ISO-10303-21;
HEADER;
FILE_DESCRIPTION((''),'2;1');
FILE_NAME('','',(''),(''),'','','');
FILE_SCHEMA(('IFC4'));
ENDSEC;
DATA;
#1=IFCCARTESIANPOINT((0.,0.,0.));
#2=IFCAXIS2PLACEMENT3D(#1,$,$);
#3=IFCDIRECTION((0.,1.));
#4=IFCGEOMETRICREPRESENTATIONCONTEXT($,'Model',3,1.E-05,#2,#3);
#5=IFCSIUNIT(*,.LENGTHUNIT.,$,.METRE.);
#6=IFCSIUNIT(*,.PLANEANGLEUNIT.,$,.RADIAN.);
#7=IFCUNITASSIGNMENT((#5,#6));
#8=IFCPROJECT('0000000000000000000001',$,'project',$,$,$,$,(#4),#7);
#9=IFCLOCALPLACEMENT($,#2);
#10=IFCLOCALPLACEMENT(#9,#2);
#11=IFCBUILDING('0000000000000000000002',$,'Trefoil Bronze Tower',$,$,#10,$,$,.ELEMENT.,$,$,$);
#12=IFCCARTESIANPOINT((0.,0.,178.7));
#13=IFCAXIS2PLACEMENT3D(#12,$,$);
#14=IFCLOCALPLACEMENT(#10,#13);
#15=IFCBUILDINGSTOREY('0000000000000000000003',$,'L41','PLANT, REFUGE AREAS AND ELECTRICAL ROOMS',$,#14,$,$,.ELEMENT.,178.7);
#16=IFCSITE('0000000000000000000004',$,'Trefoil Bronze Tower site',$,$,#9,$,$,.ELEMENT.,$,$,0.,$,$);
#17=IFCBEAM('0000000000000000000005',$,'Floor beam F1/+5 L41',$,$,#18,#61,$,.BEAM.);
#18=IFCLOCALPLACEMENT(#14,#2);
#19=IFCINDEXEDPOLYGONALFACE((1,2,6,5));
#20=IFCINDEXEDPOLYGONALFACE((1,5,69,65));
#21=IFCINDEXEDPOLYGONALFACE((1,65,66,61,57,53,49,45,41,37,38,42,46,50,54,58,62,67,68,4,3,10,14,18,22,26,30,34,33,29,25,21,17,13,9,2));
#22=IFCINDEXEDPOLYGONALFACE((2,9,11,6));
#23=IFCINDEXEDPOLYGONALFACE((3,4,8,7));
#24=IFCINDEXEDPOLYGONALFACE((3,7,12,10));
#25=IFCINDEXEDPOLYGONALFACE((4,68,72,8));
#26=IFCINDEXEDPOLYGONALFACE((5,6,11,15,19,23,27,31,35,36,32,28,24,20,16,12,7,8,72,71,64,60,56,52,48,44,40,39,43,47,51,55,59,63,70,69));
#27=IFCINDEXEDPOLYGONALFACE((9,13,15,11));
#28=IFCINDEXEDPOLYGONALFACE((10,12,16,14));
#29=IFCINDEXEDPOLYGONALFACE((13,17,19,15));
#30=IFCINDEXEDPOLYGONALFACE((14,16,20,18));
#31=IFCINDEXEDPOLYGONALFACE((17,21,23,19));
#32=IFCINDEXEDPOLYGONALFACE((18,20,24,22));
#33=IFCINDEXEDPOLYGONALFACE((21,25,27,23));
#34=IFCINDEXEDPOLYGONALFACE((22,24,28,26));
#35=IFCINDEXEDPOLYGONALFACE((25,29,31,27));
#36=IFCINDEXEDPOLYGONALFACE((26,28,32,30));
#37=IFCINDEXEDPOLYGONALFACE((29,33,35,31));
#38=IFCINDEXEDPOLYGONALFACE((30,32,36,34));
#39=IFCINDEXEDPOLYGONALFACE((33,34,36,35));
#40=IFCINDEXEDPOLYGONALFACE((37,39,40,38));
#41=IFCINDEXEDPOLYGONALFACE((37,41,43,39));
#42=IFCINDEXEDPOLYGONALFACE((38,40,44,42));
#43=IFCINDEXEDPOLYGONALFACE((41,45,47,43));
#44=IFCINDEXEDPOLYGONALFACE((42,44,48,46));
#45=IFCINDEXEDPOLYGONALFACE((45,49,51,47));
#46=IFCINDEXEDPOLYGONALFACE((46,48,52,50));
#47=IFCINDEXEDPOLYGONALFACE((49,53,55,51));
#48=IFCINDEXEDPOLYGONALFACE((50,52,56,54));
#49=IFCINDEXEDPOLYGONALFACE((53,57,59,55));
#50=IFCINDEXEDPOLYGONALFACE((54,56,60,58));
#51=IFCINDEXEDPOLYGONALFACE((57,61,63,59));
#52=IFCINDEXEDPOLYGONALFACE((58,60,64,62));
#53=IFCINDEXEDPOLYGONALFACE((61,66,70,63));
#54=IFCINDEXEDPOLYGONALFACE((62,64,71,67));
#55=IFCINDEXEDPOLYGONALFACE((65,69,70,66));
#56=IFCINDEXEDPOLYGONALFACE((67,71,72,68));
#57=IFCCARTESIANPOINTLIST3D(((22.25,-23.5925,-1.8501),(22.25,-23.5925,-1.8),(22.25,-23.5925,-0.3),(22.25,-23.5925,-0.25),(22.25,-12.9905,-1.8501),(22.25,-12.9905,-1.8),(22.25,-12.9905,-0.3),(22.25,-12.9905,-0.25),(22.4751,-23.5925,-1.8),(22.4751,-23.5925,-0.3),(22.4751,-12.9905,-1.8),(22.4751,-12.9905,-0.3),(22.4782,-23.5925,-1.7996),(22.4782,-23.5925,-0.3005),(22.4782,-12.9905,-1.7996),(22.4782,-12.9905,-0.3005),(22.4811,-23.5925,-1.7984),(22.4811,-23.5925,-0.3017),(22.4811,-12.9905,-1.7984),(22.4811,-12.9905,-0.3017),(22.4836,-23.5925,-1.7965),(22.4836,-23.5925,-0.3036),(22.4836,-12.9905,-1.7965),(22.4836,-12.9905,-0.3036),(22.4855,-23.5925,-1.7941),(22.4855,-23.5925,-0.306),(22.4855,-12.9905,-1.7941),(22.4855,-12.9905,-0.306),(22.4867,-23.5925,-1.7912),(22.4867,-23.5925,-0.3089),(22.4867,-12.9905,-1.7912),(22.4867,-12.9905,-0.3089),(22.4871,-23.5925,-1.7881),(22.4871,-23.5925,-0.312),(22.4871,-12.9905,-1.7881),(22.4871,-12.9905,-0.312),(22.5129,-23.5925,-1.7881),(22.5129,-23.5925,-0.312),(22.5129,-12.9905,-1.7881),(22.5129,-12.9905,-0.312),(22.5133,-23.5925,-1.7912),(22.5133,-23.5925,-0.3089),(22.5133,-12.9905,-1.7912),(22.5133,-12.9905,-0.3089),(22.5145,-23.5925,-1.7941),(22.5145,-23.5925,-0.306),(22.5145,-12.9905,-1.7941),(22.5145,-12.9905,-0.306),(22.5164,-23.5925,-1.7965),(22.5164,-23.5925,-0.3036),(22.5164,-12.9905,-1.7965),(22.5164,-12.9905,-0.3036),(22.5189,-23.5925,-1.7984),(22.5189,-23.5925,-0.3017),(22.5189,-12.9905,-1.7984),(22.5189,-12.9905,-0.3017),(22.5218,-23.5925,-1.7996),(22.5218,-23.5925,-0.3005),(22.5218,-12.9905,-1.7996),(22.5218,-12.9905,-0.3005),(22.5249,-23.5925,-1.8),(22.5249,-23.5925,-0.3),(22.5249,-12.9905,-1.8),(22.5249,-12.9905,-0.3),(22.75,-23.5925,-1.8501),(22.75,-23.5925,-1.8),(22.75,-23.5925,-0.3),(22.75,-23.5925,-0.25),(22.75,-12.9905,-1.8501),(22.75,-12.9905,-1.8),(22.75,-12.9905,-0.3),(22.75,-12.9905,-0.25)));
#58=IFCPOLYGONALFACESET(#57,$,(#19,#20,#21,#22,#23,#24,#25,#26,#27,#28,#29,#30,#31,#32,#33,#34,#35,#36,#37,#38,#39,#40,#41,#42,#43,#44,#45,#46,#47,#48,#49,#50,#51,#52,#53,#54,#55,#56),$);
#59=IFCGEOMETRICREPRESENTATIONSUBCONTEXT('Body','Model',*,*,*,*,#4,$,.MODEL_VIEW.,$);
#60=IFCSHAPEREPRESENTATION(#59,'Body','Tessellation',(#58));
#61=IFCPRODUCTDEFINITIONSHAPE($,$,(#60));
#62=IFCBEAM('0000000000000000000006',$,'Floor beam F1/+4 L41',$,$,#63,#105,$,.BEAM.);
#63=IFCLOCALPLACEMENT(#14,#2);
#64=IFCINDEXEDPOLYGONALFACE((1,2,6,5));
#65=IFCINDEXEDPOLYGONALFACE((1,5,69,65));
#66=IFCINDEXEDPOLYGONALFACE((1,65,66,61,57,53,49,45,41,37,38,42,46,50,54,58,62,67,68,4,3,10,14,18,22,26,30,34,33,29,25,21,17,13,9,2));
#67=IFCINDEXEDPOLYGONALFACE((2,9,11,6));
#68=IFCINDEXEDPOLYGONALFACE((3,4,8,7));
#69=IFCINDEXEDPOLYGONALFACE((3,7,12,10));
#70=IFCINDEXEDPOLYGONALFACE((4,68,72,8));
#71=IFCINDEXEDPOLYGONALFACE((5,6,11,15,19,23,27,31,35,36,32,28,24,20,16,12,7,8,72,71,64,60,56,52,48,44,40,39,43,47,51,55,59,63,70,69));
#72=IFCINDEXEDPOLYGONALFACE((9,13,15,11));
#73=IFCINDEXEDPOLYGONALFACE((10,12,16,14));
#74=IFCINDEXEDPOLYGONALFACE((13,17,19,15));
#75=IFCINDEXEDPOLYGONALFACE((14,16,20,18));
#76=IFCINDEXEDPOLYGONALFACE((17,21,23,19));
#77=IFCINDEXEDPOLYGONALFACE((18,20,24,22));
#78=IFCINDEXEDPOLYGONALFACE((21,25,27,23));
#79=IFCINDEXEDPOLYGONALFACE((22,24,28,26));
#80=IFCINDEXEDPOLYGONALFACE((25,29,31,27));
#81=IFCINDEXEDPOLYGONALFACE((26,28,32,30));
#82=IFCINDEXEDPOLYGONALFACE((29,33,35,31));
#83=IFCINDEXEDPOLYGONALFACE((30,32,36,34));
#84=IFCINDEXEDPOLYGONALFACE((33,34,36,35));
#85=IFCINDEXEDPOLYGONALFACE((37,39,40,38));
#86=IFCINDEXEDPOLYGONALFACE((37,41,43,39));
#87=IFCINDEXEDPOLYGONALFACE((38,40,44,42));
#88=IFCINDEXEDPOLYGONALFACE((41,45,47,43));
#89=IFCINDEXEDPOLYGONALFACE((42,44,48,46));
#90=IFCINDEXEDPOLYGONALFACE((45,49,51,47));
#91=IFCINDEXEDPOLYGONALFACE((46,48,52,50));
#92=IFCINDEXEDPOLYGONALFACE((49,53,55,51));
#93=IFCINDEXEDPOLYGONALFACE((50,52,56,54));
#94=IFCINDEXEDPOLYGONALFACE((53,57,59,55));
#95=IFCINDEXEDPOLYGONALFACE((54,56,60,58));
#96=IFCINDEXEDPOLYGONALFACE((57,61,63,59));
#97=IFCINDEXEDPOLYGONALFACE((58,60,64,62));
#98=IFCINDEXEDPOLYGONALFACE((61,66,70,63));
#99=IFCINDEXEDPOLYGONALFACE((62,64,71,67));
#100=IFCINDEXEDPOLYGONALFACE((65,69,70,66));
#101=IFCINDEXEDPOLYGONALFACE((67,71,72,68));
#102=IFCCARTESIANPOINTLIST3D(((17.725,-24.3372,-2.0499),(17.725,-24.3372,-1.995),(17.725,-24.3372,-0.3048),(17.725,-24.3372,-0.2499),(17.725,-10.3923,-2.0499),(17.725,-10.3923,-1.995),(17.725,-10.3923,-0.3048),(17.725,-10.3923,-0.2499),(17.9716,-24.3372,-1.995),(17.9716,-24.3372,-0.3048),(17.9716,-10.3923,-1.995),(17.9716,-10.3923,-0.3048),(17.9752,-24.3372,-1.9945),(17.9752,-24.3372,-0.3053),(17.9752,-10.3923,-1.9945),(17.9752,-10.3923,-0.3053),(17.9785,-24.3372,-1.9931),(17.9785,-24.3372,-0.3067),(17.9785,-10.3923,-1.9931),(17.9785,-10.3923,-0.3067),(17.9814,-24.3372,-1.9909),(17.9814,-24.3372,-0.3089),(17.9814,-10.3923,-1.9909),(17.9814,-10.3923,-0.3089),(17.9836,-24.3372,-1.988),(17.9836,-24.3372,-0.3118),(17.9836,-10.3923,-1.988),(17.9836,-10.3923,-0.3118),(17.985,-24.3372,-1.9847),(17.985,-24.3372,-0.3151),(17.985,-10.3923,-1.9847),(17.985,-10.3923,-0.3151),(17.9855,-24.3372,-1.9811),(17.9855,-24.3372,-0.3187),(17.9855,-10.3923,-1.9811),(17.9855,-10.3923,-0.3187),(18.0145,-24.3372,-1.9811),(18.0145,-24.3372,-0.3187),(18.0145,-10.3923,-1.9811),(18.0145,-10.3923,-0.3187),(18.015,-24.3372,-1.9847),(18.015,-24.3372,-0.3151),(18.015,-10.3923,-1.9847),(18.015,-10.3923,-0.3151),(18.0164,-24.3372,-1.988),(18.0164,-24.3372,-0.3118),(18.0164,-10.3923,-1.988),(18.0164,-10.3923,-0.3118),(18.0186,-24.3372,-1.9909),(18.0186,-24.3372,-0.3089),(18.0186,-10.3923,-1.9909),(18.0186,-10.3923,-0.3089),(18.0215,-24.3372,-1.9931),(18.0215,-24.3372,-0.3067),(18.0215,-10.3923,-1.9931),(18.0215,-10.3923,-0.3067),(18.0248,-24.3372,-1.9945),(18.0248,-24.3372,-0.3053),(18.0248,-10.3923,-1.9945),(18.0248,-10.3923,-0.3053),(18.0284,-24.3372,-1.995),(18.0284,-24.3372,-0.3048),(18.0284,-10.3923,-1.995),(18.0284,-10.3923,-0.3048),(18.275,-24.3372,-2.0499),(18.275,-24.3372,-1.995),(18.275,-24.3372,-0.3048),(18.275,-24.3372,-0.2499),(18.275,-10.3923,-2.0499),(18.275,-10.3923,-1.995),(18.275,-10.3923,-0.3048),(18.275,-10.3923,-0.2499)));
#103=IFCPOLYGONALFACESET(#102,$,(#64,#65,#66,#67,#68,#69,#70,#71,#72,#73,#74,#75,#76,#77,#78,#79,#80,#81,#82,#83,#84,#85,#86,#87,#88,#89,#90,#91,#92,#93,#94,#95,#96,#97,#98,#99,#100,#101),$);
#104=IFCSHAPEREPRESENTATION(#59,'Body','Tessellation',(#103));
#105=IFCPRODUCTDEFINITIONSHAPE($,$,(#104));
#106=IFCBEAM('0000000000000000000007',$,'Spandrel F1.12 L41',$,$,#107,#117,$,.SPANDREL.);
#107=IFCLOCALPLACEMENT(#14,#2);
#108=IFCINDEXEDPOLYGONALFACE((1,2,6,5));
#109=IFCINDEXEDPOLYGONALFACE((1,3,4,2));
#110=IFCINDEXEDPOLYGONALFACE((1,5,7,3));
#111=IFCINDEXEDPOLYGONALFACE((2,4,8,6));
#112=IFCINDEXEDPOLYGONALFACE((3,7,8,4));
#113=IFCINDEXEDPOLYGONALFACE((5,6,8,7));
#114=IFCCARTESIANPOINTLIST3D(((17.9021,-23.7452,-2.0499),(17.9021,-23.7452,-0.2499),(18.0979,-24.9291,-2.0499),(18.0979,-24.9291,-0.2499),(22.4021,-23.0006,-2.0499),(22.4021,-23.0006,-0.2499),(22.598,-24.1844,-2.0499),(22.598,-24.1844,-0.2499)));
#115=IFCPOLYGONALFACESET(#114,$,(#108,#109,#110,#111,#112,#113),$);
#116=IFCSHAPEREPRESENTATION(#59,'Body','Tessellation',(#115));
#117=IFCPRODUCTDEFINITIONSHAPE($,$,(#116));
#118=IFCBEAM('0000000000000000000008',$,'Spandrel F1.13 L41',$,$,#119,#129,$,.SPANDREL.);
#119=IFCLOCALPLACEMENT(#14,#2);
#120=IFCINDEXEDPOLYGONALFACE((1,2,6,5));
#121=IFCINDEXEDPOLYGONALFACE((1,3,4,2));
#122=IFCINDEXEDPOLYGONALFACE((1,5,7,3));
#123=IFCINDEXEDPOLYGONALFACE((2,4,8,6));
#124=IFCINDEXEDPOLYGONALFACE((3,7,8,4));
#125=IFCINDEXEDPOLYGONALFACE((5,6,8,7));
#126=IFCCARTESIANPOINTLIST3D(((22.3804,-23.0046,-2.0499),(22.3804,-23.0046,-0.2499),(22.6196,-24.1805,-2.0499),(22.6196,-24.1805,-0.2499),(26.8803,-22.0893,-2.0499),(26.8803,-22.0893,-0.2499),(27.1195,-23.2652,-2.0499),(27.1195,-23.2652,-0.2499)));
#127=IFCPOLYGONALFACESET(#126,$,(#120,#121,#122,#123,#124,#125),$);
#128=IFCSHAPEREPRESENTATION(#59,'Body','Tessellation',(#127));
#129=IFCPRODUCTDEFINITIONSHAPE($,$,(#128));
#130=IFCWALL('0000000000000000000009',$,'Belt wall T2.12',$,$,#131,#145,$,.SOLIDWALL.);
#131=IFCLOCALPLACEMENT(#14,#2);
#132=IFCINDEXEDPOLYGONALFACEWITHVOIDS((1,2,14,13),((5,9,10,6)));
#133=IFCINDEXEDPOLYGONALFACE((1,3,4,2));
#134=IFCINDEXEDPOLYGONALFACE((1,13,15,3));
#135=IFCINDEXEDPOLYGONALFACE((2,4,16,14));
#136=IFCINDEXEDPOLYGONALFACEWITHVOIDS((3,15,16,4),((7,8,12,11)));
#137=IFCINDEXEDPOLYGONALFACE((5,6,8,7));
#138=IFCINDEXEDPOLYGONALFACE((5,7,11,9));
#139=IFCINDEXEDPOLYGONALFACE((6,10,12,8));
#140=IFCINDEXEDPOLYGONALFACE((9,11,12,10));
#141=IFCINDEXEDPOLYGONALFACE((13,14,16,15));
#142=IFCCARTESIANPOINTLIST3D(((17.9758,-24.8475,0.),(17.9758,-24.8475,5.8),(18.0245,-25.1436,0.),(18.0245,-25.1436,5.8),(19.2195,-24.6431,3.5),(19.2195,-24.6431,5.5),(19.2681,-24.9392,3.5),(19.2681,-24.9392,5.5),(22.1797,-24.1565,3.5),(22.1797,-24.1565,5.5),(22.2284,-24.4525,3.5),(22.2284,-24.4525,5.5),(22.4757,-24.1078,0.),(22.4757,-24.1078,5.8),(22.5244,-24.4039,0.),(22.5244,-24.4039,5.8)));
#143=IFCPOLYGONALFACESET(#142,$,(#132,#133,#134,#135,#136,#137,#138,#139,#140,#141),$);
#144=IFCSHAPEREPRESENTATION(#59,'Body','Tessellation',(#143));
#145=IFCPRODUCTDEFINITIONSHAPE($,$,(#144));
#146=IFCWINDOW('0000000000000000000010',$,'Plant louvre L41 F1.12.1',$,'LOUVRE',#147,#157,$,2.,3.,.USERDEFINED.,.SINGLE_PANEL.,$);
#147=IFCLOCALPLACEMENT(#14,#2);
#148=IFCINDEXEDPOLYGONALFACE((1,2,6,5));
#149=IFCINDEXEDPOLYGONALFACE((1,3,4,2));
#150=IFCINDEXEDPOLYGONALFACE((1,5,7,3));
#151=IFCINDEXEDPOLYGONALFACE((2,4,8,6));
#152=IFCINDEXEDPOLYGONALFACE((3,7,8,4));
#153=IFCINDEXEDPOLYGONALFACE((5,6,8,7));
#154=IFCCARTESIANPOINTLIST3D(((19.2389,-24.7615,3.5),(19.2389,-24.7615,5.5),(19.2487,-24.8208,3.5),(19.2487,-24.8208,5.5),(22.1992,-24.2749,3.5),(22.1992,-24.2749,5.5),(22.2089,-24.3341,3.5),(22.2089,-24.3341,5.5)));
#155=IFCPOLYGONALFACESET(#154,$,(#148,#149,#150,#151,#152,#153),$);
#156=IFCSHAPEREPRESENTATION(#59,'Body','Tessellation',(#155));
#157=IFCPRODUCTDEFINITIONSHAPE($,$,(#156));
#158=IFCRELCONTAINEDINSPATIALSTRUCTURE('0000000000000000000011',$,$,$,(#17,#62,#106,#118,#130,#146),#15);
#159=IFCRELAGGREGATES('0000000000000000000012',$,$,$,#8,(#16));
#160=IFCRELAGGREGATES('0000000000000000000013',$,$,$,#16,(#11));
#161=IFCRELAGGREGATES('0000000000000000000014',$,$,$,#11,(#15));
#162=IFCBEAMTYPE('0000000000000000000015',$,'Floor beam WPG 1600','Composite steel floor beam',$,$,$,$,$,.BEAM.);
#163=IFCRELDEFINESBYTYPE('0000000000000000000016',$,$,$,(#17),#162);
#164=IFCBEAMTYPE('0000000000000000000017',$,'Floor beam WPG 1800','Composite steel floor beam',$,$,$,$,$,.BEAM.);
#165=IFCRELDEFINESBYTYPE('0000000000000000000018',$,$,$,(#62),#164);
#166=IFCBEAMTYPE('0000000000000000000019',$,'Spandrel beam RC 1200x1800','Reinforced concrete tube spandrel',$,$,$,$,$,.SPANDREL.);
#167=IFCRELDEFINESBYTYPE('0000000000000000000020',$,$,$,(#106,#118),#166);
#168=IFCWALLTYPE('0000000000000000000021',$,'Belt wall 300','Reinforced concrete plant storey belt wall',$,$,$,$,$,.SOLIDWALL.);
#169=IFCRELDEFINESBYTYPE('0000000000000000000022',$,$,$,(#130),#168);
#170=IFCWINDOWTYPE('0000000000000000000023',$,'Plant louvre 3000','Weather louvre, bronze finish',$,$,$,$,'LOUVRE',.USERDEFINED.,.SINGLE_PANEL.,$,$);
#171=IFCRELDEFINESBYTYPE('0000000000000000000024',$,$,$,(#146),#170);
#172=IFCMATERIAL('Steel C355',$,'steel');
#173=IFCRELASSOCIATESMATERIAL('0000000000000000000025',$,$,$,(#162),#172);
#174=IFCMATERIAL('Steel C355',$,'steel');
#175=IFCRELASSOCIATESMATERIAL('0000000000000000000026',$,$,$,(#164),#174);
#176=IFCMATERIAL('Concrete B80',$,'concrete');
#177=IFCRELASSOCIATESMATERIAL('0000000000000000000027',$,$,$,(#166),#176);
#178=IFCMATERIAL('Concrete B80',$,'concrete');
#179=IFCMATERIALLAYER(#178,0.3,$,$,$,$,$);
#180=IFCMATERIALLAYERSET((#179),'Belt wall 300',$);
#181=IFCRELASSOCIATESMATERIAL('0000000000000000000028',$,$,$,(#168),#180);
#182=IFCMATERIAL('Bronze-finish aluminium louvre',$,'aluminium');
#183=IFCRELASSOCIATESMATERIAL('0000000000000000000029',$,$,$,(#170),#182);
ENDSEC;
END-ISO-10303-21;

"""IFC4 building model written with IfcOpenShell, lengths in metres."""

from ifc_helpers import new_model, si_unit, direction, frame, frame_2d, origin, origin_2d, place, context, subcontext, project, spatial, rectangle, i_section, extrude, material, layer, layer_set, material_profile, profile_set, type_object, element, fill, save


model = new_model("IFC4")

# Units and contexts
model_context = context("Model", 3, precision=1e-05, world=origin(), true_north=direction((0.0, 1.0)))
body_context = subcontext(model_context, "Body", "Model", "MODEL_VIEW")
ifc_project = project(units=[si_unit("LENGTHUNIT", "METRE"), si_unit("PLANEANGLEUNIT", "RADIAN")], contexts=[model_context])

# Site, building, storey
site_placement = place(None, origin())
site = spatial("IfcSite", under=ifc_project, at=site_placement, Name="Trefoil Bronze Tower site", CompositionType="ELEMENT", RefElevation=0.0)
building_placement = place(site_placement, origin())
building = spatial("IfcBuilding", under=site, at=building_placement, Name="Trefoil Bronze Tower", CompositionType="ELEMENT")
storey_placement = place(building_placement, frame((0.0, 0.0, 178.7)))
storey = spatial("IfcBuildingStorey", under=building, at=storey_placement, Name="L41", Description="PLANT, REFUGE AREAS AND ELECTRICAL ROOMS", CompositionType="ELEMENT", Elevation=178.7)

# Beams
ifc_material_1 = material(Name="Steel C355", Category="steel")
ifc_material_profile_1 = material_profile(ifc_material_1, i_section(OverallWidth=0.5, OverallDepth=1.6001, WebThickness=0.0259, FlangeThickness=0.05, FilletRadius=0.012, at=origin_2d()), Name="WPG 1600")
ifc_profile_set_1 = profile_set([ifc_material_profile_1], Name="Steel C355")
beam_type_1 = type_object("IfcBeamType", Name="Floor beam WPG 1600", Description="Composite steel floor beam", PredefinedType="BEAM", material=ifc_profile_set_1)
beam_1_placement = place(storey_placement, frame((22.5, -23.5925, -1.05), z_axis=(0.0, 1.0, 0.0), x_axis=(-1.0, 0.0, 0.0)))
element("IfcBeam", 1, at=beam_1_placement, inside=storey, type_object=beam_type_1, Name="Floor beam F1/+5 L41", PredefinedType="BEAM", context=body_context, shape_type="SweptSolid", body=[
    extrude(i_section(OverallWidth=0.5, OverallDepth=1.6001, WebThickness=0.0259, FlangeThickness=0.05, FilletRadius=0.012, at=origin_2d()), origin(), (0.0, 0.0, 1.0), 10.6021),
])
ifc_material_2 = material(Name="Steel C355", Category="steel")
ifc_material_profile_2 = material_profile(ifc_material_2, i_section(OverallWidth=0.55, OverallDepth=1.8, WebThickness=0.0291, FlangeThickness=0.0549, FilletRadius=0.0139, at=origin_2d()), Name="WPG 1800")
ifc_profile_set_2 = profile_set([ifc_material_profile_2], Name="Steel C355")
beam_type_2 = type_object("IfcBeamType", Name="Floor beam WPG 1800", Description="Composite steel floor beam", PredefinedType="BEAM", material=ifc_profile_set_2)
beam_2_placement = place(storey_placement, frame((18.0, -24.3372, -1.1499), z_axis=(0.0, 1.0, 0.0), x_axis=(-1.0, 0.0, 0.0)))
element("IfcBeam", 2, at=beam_2_placement, inside=storey, type_object=beam_type_2, Name="Floor beam F1/+4 L41", PredefinedType="BEAM", context=body_context, shape_type="SweptSolid", body=[
    extrude(i_section(OverallWidth=0.55, OverallDepth=1.8, WebThickness=0.0291, FlangeThickness=0.0549, FilletRadius=0.0139, at=origin_2d()), origin(), (0.0, 0.0, 1.0), 13.9448),
])
ifc_material_3 = material(Name="Concrete B80", Category="concrete")
ifc_material_profile_3 = material_profile(ifc_material_3, rectangle(XDim=1.2, YDim=1.8, at=origin_2d()), Name="RC 1200x1800")
ifc_profile_set_3 = profile_set([ifc_material_profile_3], Name="Concrete B80")
beam_type_3 = type_object("IfcBeamType", Name="Spandrel beam RC 1200x1800", Description="Reinforced concrete tube spandrel", PredefinedType="SPANDREL", material=ifc_profile_set_3)
beam_3_placement = place(storey_placement, frame((18.0, -24.3372, -1.1499), z_axis=(0.986584, 0.163253, 0.0), x_axis=(-0.163253, 0.986584, 0.0)))
element("IfcBeam", 3, at=beam_3_placement, inside=storey, type_object=beam_type_3, Name="Spandrel F1.12 L41", PredefinedType="SPANDREL", context=body_context, shape_type="SweptSolid", body=[
    extrude(rectangle(XDim=1.2, YDim=1.8, at=origin_2d()), origin(), (0.0, 0.0, 1.0), 4.5613),
])
beam_4_placement = place(storey_placement, frame((22.5, -23.5925, -1.1499), z_axis=(0.979935, 0.199315, 0.0), x_axis=(-0.199315, 0.979935, 0.0)))
element("IfcBeam", 4, at=beam_4_placement, inside=storey, type_object=beam_type_3, Name="Spandrel F1.13 L41", PredefinedType="SPANDREL", context=body_context, shape_type="SweptSolid", body=[
    extrude(rectangle(XDim=1.2, YDim=1.8, at=origin_2d()), origin(), (0.0, 0.0, 1.0), 4.592),
])

# Wall, opening, window
ifc_material_4 = material(Name="Concrete B80", Category="concrete")
ifc_layer_1 = layer(ifc_material_4, 0.3)
ifc_layer_set_1 = layer_set([ifc_layer_1], Name="Belt wall 300")
wall_type = type_object("IfcWallType", Name="Belt wall 300", Description="Reinforced concrete plant storey belt wall", PredefinedType="SOLIDWALL", material=ifc_layer_set_1)
wall_1_placement = place(storey_placement, frame((18.0, -24.9956, 0.0), z_axis=(0.0, 0.0, 1.0), x_axis=(0.986756, 0.162211, 0.0)))
wall_1 = element("IfcWall", 5, at=wall_1_placement, inside=storey, type_object=wall_type, Name="Belt wall T2.12", PredefinedType="SOLIDWALL", context=body_context, shape_type="SweptSolid", body=[
    extrude(rectangle(XDim=4.5603, YDim=0.3, at=frame_2d((2.2803, 0.0))), origin(), (0.0, 0.0, 1.0), 5.8),
])
opening_1_placement = place(wall_1_placement, frame((1.2605, 0.0, 3.5)))
opening_1 = element("IfcOpeningElement", 6, at=opening_1_placement, cuts=wall_1, PredefinedType="OPENING", context=body_context, shape_type="SweptSolid", body=[
    extrude(rectangle(XDim=3.0, YDim=2.0, at=frame_2d((1.5, 1.0))), frame((0.0, 0.1599, 0.0), z_axis=(0.0, -1.0, 0.0), x_axis=(1.0, 0.0, 0.0)), (0.0, 0.0, 1.0), 0.3201),
])
ifc_material_5 = material(Name="Bronze-finish aluminium louvre", Category="aluminium")
window_type = type_object("IfcWindowType", Name="Plant louvre 3000", Description="Weather louvre, bronze finish", ElementType="LOUVRE", PartitioningType="SINGLE_PANEL", PredefinedType="USERDEFINED", material=ifc_material_5)
window_1_placement = place(opening_1_placement, origin())
window_1 = element("IfcWindow", 7, at=window_1_placement, inside=storey, type_object=window_type, Name="Plant louvre L41 F1.12.1", ObjectType="LOUVRE", OverallHeight=2.0, OverallWidth=3.0, PartitioningType="SINGLE_PANEL", PredefinedType="USERDEFINED", context=body_context, shape_type="SweptSolid", body=[
    extrude(rectangle(XDim=3.0, YDim=2.0, at=frame_2d((1.5, 1.0))), frame((0.0, 0.03, 0.0), z_axis=(0.0, -1.0, 0.0), x_axis=(1.0, 0.0, 0.0)), (0.0, 0.0, 1.0), 0.0601),
])
fill(opening_1, window_1)

save(model, "model.ifc")
